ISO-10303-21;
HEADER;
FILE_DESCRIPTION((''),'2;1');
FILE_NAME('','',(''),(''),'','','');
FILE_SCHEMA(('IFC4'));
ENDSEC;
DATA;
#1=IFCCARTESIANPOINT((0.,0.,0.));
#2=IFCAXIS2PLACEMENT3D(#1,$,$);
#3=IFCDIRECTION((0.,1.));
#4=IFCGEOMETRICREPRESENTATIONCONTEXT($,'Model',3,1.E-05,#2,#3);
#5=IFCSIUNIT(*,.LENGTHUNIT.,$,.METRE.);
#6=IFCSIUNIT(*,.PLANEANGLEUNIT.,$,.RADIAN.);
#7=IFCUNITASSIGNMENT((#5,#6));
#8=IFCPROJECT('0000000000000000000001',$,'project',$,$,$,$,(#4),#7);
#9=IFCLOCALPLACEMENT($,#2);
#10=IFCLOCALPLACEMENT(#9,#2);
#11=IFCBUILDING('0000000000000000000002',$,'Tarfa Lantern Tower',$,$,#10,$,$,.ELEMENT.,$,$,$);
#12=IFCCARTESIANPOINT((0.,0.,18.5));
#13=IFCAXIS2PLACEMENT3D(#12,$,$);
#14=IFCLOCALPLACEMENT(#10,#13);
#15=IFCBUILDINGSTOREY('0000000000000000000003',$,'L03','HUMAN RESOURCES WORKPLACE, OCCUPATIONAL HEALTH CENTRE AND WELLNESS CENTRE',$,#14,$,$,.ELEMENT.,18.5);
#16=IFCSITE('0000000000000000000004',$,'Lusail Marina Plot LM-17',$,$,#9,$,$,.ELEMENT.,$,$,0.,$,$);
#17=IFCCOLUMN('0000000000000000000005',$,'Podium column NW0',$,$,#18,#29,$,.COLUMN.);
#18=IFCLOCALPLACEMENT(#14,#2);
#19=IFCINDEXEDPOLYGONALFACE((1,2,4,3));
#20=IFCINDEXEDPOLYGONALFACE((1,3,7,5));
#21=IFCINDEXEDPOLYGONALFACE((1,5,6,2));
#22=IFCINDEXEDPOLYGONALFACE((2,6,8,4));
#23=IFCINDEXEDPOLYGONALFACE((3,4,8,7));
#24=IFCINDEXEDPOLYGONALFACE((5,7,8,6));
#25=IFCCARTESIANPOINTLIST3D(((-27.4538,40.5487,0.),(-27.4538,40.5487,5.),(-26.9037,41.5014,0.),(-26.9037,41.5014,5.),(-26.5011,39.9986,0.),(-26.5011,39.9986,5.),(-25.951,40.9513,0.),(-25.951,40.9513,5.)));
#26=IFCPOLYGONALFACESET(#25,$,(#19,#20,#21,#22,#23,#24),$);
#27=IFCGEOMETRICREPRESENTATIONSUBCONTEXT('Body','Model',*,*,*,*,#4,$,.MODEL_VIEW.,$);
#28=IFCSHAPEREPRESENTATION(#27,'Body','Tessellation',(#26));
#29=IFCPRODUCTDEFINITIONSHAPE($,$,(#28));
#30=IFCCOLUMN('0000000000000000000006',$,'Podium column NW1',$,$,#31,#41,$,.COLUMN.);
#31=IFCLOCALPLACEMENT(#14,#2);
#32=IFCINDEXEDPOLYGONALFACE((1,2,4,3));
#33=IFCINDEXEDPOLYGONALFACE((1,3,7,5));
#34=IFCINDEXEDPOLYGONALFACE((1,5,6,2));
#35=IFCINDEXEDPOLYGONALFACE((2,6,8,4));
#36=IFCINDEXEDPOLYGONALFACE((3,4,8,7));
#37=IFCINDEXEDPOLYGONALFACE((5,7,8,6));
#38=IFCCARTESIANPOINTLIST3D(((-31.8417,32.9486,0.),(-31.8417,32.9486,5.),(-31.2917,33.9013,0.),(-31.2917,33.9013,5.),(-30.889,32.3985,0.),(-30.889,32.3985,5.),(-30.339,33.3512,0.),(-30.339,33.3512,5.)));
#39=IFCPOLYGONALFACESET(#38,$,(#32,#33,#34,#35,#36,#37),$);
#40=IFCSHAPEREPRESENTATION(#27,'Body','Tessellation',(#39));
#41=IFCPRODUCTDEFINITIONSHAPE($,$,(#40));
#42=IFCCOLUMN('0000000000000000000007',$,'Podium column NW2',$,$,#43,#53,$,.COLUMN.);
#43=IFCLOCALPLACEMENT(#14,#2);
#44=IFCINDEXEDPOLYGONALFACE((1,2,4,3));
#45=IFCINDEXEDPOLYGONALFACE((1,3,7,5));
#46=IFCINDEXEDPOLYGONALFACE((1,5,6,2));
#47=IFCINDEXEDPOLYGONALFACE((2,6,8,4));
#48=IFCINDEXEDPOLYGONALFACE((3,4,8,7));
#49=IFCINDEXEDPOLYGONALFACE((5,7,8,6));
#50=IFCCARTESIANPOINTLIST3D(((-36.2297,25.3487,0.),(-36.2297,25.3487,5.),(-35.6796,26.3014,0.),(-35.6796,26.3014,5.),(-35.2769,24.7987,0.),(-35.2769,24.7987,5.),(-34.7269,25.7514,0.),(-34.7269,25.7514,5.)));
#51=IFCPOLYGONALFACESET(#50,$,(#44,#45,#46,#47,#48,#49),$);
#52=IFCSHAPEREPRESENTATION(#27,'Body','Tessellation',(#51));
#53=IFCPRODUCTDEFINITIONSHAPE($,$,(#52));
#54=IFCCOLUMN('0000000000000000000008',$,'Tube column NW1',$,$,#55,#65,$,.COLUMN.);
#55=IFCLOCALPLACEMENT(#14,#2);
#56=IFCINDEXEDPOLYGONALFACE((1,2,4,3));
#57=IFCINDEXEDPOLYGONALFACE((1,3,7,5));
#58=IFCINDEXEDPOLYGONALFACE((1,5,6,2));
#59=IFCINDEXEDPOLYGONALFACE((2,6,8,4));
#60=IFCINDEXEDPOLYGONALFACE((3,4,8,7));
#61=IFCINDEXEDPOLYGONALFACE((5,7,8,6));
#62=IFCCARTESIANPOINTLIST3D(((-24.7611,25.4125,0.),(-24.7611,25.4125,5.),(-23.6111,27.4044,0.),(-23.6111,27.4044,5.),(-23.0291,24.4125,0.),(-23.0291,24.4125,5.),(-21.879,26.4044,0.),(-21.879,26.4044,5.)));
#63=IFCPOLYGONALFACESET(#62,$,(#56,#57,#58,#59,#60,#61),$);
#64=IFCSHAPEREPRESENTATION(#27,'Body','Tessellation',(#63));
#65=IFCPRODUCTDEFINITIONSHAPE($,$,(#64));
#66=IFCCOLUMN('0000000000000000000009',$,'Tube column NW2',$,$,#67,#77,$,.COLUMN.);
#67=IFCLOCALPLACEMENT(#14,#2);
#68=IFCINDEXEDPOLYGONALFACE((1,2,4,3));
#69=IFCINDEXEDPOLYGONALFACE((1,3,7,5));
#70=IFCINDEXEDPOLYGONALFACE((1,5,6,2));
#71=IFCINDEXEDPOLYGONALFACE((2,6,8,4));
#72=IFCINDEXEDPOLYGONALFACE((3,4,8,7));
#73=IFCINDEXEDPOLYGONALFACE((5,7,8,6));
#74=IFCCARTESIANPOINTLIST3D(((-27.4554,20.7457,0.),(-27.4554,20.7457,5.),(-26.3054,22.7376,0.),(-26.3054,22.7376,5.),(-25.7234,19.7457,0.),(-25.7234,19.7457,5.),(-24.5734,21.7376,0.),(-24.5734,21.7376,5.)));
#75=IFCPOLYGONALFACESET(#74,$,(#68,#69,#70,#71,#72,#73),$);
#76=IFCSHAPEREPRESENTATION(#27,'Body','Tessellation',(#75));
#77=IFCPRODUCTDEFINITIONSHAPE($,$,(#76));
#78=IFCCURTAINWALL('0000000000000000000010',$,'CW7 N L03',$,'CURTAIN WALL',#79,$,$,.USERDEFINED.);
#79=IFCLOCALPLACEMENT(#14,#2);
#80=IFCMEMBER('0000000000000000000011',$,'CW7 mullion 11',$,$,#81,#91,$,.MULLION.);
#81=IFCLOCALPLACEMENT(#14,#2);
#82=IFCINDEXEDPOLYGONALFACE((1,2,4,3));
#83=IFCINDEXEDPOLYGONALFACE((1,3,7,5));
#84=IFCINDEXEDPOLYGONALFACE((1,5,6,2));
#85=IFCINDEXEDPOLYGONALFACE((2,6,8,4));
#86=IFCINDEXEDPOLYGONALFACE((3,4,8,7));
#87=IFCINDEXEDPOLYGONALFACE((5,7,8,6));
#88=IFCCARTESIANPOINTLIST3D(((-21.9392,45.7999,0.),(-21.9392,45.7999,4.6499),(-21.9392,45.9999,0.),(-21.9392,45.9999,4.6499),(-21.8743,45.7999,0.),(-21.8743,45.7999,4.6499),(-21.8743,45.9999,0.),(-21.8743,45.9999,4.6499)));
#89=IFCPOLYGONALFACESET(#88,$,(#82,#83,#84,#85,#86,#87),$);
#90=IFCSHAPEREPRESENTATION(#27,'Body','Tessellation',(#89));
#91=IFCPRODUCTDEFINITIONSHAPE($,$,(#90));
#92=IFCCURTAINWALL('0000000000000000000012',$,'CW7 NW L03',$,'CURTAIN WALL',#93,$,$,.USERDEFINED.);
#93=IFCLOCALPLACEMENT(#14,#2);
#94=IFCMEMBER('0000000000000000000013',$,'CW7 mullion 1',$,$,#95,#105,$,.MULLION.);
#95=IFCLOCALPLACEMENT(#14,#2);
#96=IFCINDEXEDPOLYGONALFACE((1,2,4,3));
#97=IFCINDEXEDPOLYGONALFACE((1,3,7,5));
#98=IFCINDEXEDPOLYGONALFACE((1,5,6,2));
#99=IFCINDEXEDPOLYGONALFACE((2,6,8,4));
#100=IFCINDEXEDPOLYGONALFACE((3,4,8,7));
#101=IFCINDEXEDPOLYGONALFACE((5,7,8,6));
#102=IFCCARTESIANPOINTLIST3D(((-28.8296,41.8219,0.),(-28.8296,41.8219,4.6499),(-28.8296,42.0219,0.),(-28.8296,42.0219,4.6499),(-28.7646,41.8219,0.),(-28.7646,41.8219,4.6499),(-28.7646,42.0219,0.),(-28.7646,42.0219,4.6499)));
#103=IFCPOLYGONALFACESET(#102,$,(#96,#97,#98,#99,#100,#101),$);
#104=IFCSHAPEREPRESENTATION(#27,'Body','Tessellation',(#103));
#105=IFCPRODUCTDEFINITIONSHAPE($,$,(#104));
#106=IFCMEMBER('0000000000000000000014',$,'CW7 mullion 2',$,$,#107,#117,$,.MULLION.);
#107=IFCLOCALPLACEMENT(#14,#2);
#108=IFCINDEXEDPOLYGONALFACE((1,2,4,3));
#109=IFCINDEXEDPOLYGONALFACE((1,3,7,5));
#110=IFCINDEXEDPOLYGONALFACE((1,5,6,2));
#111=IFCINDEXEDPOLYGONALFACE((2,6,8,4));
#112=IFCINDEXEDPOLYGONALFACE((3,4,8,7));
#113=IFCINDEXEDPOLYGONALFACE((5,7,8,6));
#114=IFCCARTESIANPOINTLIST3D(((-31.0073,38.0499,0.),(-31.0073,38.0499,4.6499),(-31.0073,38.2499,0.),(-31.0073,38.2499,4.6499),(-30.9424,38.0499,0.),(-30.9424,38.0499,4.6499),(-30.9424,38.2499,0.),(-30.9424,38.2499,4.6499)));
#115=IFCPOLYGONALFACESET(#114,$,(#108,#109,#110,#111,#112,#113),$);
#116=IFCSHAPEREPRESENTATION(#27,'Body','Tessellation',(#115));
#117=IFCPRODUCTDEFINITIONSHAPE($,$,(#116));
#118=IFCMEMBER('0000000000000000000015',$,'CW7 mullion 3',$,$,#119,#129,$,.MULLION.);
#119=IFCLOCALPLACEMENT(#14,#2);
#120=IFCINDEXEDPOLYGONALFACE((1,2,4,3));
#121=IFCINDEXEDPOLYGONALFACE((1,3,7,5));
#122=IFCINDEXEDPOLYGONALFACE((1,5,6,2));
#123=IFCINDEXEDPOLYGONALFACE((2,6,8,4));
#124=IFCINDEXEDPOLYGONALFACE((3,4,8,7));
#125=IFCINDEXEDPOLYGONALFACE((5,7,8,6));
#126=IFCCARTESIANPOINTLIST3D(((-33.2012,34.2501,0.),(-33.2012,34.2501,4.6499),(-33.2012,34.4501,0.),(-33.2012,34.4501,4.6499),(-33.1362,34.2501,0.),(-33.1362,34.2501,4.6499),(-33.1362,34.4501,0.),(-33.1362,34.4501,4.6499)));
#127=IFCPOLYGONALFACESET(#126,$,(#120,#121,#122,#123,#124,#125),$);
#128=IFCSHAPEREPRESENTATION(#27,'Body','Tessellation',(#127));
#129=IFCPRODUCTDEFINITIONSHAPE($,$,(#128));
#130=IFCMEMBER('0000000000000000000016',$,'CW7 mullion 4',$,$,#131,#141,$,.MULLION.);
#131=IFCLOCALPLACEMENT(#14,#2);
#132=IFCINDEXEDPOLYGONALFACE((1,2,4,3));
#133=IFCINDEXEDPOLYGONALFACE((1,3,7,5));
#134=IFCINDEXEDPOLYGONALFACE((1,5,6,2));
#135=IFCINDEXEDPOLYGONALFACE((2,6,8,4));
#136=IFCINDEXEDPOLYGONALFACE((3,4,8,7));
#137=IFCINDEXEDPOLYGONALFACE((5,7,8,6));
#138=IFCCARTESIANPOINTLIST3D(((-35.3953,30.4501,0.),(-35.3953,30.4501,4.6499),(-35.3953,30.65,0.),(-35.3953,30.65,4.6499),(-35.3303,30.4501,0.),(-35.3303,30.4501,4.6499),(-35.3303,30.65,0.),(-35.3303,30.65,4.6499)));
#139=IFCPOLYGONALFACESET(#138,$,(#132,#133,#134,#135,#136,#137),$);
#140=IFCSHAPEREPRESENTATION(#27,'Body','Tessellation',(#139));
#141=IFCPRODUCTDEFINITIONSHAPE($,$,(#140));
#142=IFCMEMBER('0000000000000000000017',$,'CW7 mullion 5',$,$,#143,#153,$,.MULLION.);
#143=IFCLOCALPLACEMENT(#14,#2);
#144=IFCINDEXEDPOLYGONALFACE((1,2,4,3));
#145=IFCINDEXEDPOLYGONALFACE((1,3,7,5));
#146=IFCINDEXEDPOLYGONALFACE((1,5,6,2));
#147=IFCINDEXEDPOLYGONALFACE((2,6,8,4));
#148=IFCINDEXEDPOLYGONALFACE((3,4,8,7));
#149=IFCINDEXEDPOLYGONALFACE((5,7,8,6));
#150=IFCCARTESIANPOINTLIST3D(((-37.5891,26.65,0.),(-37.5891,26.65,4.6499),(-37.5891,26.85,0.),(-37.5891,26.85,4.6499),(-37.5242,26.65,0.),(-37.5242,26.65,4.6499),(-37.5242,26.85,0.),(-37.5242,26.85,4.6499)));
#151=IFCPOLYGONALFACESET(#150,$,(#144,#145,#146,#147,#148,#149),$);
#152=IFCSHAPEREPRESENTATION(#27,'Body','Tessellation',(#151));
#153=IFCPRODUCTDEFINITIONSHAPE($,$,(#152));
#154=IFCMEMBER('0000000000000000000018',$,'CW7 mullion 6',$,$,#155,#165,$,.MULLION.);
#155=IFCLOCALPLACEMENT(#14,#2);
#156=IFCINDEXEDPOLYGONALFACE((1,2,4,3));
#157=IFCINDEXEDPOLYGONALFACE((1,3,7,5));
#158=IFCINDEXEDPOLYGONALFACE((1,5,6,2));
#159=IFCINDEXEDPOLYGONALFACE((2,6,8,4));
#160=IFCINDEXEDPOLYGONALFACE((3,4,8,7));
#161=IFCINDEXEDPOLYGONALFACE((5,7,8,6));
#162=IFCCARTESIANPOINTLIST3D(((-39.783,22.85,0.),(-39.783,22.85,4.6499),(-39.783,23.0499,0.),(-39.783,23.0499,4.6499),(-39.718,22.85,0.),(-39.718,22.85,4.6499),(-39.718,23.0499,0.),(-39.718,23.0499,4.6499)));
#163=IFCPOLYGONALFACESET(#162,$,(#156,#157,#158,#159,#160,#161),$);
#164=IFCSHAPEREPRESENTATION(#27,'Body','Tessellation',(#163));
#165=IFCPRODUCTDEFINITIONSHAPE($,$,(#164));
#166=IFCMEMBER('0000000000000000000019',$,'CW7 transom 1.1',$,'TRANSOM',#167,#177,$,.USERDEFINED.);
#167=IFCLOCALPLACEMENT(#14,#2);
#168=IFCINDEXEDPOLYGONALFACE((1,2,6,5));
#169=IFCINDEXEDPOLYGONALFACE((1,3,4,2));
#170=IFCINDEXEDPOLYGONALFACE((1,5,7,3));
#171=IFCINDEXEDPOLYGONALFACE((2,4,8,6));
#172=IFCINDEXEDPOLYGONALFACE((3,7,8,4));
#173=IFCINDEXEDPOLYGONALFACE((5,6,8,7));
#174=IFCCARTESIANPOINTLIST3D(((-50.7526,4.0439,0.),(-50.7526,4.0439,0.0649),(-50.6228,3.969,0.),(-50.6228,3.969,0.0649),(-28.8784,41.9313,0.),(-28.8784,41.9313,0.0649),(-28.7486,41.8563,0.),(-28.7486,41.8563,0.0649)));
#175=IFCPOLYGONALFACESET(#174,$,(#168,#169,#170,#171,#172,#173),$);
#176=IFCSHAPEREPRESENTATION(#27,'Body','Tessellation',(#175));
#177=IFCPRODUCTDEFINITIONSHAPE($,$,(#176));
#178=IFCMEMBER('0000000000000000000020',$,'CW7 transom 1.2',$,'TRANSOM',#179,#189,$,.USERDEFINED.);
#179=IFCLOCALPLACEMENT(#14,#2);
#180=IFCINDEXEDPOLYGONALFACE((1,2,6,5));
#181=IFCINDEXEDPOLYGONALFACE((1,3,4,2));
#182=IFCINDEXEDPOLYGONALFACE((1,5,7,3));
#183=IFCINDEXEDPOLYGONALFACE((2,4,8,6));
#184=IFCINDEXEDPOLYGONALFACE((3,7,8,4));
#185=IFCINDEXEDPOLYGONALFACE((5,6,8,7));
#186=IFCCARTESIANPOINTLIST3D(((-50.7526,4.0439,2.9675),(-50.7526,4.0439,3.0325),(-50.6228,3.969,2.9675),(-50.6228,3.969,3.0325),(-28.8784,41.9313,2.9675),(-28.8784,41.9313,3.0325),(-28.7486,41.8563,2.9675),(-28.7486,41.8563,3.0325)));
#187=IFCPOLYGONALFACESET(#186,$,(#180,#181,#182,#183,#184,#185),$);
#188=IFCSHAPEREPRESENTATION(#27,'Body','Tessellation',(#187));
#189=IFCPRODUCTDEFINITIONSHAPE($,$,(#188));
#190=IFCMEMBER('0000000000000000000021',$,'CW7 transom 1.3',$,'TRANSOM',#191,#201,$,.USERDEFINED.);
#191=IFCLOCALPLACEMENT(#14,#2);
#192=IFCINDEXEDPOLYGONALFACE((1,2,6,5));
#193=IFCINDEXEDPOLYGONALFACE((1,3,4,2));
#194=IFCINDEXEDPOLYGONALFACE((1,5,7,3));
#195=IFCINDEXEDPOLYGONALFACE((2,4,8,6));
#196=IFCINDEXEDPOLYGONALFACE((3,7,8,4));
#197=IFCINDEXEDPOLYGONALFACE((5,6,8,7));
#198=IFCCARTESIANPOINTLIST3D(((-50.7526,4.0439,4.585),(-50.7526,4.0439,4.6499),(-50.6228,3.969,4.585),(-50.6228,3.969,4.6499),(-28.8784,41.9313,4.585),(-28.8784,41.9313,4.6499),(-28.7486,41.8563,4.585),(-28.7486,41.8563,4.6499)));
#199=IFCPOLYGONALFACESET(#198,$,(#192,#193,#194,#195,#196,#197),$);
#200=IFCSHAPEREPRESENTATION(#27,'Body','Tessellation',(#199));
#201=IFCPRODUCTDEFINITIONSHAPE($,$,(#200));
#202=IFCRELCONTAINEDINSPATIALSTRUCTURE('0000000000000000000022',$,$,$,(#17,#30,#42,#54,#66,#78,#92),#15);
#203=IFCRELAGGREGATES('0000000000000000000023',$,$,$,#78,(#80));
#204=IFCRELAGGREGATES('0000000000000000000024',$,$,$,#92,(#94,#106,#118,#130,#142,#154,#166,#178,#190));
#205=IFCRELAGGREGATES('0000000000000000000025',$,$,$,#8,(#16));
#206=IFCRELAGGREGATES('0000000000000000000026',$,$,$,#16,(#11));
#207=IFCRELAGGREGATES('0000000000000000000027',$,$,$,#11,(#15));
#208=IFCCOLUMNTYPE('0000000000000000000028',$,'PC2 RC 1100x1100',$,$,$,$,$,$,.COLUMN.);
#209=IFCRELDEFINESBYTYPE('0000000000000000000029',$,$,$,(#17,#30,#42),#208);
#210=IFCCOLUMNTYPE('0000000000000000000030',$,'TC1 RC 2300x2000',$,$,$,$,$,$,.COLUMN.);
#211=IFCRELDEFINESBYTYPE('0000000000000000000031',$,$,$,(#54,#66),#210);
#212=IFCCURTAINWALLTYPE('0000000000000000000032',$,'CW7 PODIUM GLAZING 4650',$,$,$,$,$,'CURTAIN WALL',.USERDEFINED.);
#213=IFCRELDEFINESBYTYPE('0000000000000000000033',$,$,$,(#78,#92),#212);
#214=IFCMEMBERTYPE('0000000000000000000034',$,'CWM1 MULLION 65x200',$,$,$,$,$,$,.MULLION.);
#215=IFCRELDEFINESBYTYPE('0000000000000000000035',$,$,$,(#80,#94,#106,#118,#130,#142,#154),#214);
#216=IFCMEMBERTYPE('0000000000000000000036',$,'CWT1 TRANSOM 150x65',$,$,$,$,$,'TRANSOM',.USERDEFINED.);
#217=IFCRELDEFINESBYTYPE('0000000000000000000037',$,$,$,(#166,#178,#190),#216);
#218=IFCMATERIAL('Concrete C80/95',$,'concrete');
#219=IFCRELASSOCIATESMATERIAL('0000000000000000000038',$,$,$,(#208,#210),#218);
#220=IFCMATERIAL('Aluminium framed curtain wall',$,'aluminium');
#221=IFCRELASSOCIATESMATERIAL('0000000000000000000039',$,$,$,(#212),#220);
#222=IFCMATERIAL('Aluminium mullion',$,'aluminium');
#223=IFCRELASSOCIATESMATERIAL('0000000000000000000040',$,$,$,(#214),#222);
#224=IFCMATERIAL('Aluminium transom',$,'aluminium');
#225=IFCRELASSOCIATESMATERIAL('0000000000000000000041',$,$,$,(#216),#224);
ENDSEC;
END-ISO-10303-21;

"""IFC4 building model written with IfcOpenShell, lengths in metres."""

from ifc_helpers import new_model, si_unit, direction, frame, origin, origin_2d, place, context, subcontext, project, spatial, rectangle, extrude, material, material_profile, profile_set, type_object, element, aggregate, save


model = new_model("IFC4")

# Units and contexts
model_context = context("Model", 3, precision=1e-05, world=origin(), true_north=direction((0.0, 1.0)))
body_context = subcontext(model_context, "Body", "Model", "MODEL_VIEW")
ifc_project = project(units=[si_unit("LENGTHUNIT", "METRE"), si_unit("PLANEANGLEUNIT", "RADIAN")], contexts=[model_context])

# Site, building, storey
site_placement = place(None, origin())
site = spatial("IfcSite", under=ifc_project, at=site_placement, Name="Lusail Marina Plot LM-17", CompositionType="ELEMENT", RefElevation=0.0)
building_placement = place(site_placement, origin())
building = spatial("IfcBuilding", under=site, at=building_placement, Name="Tarfa Lantern Tower", CompositionType="ELEMENT")
storey_placement = place(building_placement, frame((0.0, 0.0, 18.5)))
storey = spatial("IfcBuildingStorey", under=building, at=storey_placement, Name="L03", Description="HUMAN RESOURCES WORKPLACE, OCCUPATIONAL HEALTH CENTRE AND WELLNESS CENTRE", CompositionType="ELEMENT", Elevation=18.5)

# Columns
ifc_material_1 = material(Name="Concrete C80/95", Category="concrete")
ifc_material_profile_1 = material_profile(ifc_material_1, rectangle(XDim=1.1001, YDim=1.1001, at=origin_2d()), Name="RC 1100x1100")
ifc_profile_set_1 = profile_set([ifc_material_profile_1], Name="Concrete C80/95")
column_type_1 = type_object("IfcColumnType", Name="PC2 RC 1100x1100", PredefinedType="COLUMN", material=ifc_profile_set_1)
for number, where, z_axis, x_axis, name in (
    (1, (-26.7024, 40.75, 0.0), (0.0, 0.0, 1.0), (-0.5, -0.866025, 0.0), "Podium column NW0"),
    (2, (-31.0903, 33.1499, 0.0), (0.0, 0.0, 1.0), (-0.5, -0.866025, 0.0), "Podium column NW1"),
    (3, (-35.4783, 25.55, 0.0), (0.0, 0.0, 1.0), (-0.5, -0.866025, 0.0), "Podium column NW2"),
):
    element("IfcColumn", number, at=place(storey_placement, frame(where, z_axis=z_axis, x_axis=x_axis)), inside=storey, type_object=column_type_1, Name=name, PredefinedType="COLUMN", context=body_context, shape_type="SweptSolid", body=[
        extrude(rectangle(XDim=1.1001, YDim=1.1001, at=origin_2d()), origin(), (0.0, 0.0, 1.0), 5.0),
    ])
ifc_material_profile_2 = material_profile(ifc_material_1, rectangle(XDim=2.3, YDim=2.0, at=origin_2d()), Name="RC 2300x2000")
ifc_profile_set_2 = profile_set([ifc_material_profile_2], Name="Concrete C80/95")
column_type_2 = type_object("IfcColumnType", Name="TC1 RC 2300x2000", PredefinedType="COLUMN", material=ifc_profile_set_2)
for number, where, z_axis, x_axis, name in (
    (4, (-23.3201, 25.9084, 0.0), (0.0, 0.0, 1.0), (-0.5, -0.866025, 0.0), "Tube column NW1"),
    (5, (-26.0144, 21.2417, 0.0), (0.0, 0.0, 1.0), (-0.5, -0.866025, 0.0), "Tube column NW2"),
):
    element("IfcColumn", number, at=place(storey_placement, frame(where, z_axis=z_axis, x_axis=x_axis)), inside=storey, type_object=column_type_2, Name=name, PredefinedType="COLUMN", context=body_context, shape_type="SweptSolid", body=[
        extrude(rectangle(XDim=2.3, YDim=2.0, at=origin_2d()), origin(), (0.0, 0.0, 1.0), 5.0),
    ])

# Curtain wall, member
ifc_material_2 = material(Name="Aluminium framed curtain wall", Category="aluminium")
curtain_wall_type = type_object("IfcCurtainWallType", Name="CW7 PODIUM GLAZING 4650", ElementType="CURTAIN WALL", PredefinedType="USERDEFINED", material=ifc_material_2)
curtain_wall_1_placement = place(storey_placement, origin())
curtain_wall_1 = element("IfcCurtainWall", 6, at=curtain_wall_1_placement, inside=storey, type_object=curtain_wall_type, Name="CW7 N L03", ObjectType="CURTAIN WALL", PredefinedType="USERDEFINED")
ifc_material_3 = material(Name="Aluminium mullion", Category="aluminium")
ifc_material_profile_3 = material_profile(ifc_material_3, rectangle(XDim=0.0649, YDim=0.2, at=origin_2d()), Name="AL MULLION 65x200")
ifc_profile_set_3 = profile_set([ifc_material_profile_3], Name="Aluminium mullion")
member_type_1 = type_object("IfcMemberType", Name="CWM1 MULLION 65x200", PredefinedType="MULLION", material=ifc_profile_set_3)
member_1_placement = place(storey_placement, frame((-21.9067, 45.8999, 0.0), z_axis=(0.0, 0.0, 1.0), x_axis=(1.0, 0.0, 0.0)))
member_1 = element("IfcMember", 7, at=member_1_placement, type_object=member_type_1, Name="CW7 mullion 11", PredefinedType="MULLION", context=body_context, shape_type="SweptSolid", body=[
    extrude(rectangle(XDim=0.0649, YDim=0.2, at=origin_2d()), origin(), (0.0, 0.0, 1.0), 4.6499),
])
aggregate(curtain_wall_1, [member_1])

# Curtain wall, members
curtain_wall_2_placement = place(storey_placement, origin())
curtain_wall_2 = element("IfcCurtainWall", 8, at=curtain_wall_2_placement, inside=storey, type_object=curtain_wall_type, Name="CW7 NW L03", ObjectType="CURTAIN WALL", PredefinedType="USERDEFINED")
member_2_placement = place(storey_placement, frame((-28.7971, 41.9219, 0.0), z_axis=(0.0, 0.0, 1.0), x_axis=(1.0, 0.0, 0.0)))
member_2 = element("IfcMember", 9, at=member_2_placement, type_object=member_type_1, Name="CW7 mullion 1", PredefinedType="MULLION", context=body_context, shape_type="SweptSolid", body=[
    extrude(rectangle(XDim=0.0649, YDim=0.2, at=origin_2d()), origin(), (0.0, 0.0, 1.0), 4.6499),
])
member_3_placement = place(storey_placement, frame((-30.9749, 38.1499, 0.0), z_axis=(0.0, 0.0, 1.0), x_axis=(1.0, 0.0, 0.0)))
member_3 = element("IfcMember", 10, at=member_3_placement, type_object=member_type_1, Name="CW7 mullion 2", PredefinedType="MULLION", context=body_context, shape_type="SweptSolid", body=[
    extrude(rectangle(XDim=0.0649, YDim=0.2, at=origin_2d()), origin(), (0.0, 0.0, 1.0), 4.6499),
])
member_4_placement = place(storey_placement, frame((-33.1687, 34.3501, 0.0), z_axis=(0.0, 0.0, 1.0), x_axis=(1.0, 0.0, 0.0)))
member_4 = element("IfcMember", 11, at=member_4_placement, type_object=member_type_1, Name="CW7 mullion 3", PredefinedType="MULLION", context=body_context, shape_type="SweptSolid", body=[
    extrude(rectangle(XDim=0.0649, YDim=0.2, at=origin_2d()), origin(), (0.0, 0.0, 1.0), 4.6499),
])
member_5_placement = place(storey_placement, frame((-35.3628, 30.55, 0.0), z_axis=(0.0, 0.0, 1.0), x_axis=(1.0, 0.0, 0.0)))
member_5 = element("IfcMember", 12, at=member_5_placement, type_object=member_type_1, Name="CW7 mullion 4", PredefinedType="MULLION", context=body_context, shape_type="SweptSolid", body=[
    extrude(rectangle(XDim=0.0649, YDim=0.2, at=origin_2d()), origin(), (0.0, 0.0, 1.0), 4.6499),
])
member_6_placement = place(storey_placement, frame((-37.5566, 26.75, 0.0), z_axis=(0.0, 0.0, 1.0), x_axis=(1.0, 0.0, 0.0)))
member_6 = element("IfcMember", 13, at=member_6_placement, type_object=member_type_1, Name="CW7 mullion 5", PredefinedType="MULLION", context=body_context, shape_type="SweptSolid", body=[
    extrude(rectangle(XDim=0.0649, YDim=0.2, at=origin_2d()), origin(), (0.0, 0.0, 1.0), 4.6499),
])
member_7_placement = place(storey_placement, frame((-39.7505, 22.95, 0.0), z_axis=(0.0, 0.0, 1.0), x_axis=(1.0, 0.0, 0.0)))
member_7 = element("IfcMember", 14, at=member_7_placement, type_object=member_type_1, Name="CW7 mullion 6", PredefinedType="MULLION", context=body_context, shape_type="SweptSolid", body=[
    extrude(rectangle(XDim=0.0649, YDim=0.2, at=origin_2d()), origin(), (0.0, 0.0, 1.0), 4.6499),
])
ifc_material_4 = material(Name="Aluminium transom", Category="aluminium")
ifc_material_profile_4 = material_profile(ifc_material_4, rectangle(XDim=0.1499, YDim=0.0649, at=origin_2d()), Name="AL TRANSOM 150x65")
ifc_profile_set_4 = profile_set([ifc_material_profile_4], Name="Aluminium transom")
member_type_2 = type_object("IfcMemberType", Name="CWT1 TRANSOM 150x65", ElementType="TRANSOM", PredefinedType="USERDEFINED", material=ifc_profile_set_4)
member_8_placement = place(storey_placement, frame((-28.8135, 41.8938, 0.0325), z_axis=(-0.499999, -0.866026, 0.0), x_axis=(0.866026, -0.499999, 0.0)))
member_8 = element("IfcMember", 15, at=member_8_placement, type_object=member_type_2, Name="CW7 transom 1.1", ObjectType="TRANSOM", PredefinedType="USERDEFINED", context=body_context, shape_type="SweptSolid", body=[
    extrude(rectangle(XDim=0.1499, YDim=0.0649, at=origin_2d()), origin(), (0.0, 0.0, 1.0), 43.7485),
])
member_9_placement = place(storey_placement, frame((-28.8135, 41.8938, 3.0), z_axis=(-0.499999, -0.866026, 0.0), x_axis=(0.866026, -0.499999, 0.0)))
member_9 = element("IfcMember", 16, at=member_9_placement, type_object=member_type_2, Name="CW7 transom 1.2", ObjectType="TRANSOM", PredefinedType="USERDEFINED", context=body_context, shape_type="SweptSolid", body=[
    extrude(rectangle(XDim=0.1499, YDim=0.0649, at=origin_2d()), origin(), (0.0, 0.0, 1.0), 43.7485),
])
member_10_placement = place(storey_placement, frame((-28.8135, 41.8938, 4.6174), z_axis=(-0.499999, -0.866026, 0.0), x_axis=(0.866026, -0.499999, 0.0)))
member_10 = element("IfcMember", 17, at=member_10_placement, type_object=member_type_2, Name="CW7 transom 1.3", ObjectType="TRANSOM", PredefinedType="USERDEFINED", context=body_context, shape_type="SweptSolid", body=[
    extrude(rectangle(XDim=0.1499, YDim=0.0649, at=origin_2d()), origin(), (0.0, 0.0, 1.0), 43.7485),
])

aggregate(curtain_wall_2, [member_2, member_3, member_4, member_5, member_6, member_7, member_8, member_9, member_10])

save(model, "model.ifc")
